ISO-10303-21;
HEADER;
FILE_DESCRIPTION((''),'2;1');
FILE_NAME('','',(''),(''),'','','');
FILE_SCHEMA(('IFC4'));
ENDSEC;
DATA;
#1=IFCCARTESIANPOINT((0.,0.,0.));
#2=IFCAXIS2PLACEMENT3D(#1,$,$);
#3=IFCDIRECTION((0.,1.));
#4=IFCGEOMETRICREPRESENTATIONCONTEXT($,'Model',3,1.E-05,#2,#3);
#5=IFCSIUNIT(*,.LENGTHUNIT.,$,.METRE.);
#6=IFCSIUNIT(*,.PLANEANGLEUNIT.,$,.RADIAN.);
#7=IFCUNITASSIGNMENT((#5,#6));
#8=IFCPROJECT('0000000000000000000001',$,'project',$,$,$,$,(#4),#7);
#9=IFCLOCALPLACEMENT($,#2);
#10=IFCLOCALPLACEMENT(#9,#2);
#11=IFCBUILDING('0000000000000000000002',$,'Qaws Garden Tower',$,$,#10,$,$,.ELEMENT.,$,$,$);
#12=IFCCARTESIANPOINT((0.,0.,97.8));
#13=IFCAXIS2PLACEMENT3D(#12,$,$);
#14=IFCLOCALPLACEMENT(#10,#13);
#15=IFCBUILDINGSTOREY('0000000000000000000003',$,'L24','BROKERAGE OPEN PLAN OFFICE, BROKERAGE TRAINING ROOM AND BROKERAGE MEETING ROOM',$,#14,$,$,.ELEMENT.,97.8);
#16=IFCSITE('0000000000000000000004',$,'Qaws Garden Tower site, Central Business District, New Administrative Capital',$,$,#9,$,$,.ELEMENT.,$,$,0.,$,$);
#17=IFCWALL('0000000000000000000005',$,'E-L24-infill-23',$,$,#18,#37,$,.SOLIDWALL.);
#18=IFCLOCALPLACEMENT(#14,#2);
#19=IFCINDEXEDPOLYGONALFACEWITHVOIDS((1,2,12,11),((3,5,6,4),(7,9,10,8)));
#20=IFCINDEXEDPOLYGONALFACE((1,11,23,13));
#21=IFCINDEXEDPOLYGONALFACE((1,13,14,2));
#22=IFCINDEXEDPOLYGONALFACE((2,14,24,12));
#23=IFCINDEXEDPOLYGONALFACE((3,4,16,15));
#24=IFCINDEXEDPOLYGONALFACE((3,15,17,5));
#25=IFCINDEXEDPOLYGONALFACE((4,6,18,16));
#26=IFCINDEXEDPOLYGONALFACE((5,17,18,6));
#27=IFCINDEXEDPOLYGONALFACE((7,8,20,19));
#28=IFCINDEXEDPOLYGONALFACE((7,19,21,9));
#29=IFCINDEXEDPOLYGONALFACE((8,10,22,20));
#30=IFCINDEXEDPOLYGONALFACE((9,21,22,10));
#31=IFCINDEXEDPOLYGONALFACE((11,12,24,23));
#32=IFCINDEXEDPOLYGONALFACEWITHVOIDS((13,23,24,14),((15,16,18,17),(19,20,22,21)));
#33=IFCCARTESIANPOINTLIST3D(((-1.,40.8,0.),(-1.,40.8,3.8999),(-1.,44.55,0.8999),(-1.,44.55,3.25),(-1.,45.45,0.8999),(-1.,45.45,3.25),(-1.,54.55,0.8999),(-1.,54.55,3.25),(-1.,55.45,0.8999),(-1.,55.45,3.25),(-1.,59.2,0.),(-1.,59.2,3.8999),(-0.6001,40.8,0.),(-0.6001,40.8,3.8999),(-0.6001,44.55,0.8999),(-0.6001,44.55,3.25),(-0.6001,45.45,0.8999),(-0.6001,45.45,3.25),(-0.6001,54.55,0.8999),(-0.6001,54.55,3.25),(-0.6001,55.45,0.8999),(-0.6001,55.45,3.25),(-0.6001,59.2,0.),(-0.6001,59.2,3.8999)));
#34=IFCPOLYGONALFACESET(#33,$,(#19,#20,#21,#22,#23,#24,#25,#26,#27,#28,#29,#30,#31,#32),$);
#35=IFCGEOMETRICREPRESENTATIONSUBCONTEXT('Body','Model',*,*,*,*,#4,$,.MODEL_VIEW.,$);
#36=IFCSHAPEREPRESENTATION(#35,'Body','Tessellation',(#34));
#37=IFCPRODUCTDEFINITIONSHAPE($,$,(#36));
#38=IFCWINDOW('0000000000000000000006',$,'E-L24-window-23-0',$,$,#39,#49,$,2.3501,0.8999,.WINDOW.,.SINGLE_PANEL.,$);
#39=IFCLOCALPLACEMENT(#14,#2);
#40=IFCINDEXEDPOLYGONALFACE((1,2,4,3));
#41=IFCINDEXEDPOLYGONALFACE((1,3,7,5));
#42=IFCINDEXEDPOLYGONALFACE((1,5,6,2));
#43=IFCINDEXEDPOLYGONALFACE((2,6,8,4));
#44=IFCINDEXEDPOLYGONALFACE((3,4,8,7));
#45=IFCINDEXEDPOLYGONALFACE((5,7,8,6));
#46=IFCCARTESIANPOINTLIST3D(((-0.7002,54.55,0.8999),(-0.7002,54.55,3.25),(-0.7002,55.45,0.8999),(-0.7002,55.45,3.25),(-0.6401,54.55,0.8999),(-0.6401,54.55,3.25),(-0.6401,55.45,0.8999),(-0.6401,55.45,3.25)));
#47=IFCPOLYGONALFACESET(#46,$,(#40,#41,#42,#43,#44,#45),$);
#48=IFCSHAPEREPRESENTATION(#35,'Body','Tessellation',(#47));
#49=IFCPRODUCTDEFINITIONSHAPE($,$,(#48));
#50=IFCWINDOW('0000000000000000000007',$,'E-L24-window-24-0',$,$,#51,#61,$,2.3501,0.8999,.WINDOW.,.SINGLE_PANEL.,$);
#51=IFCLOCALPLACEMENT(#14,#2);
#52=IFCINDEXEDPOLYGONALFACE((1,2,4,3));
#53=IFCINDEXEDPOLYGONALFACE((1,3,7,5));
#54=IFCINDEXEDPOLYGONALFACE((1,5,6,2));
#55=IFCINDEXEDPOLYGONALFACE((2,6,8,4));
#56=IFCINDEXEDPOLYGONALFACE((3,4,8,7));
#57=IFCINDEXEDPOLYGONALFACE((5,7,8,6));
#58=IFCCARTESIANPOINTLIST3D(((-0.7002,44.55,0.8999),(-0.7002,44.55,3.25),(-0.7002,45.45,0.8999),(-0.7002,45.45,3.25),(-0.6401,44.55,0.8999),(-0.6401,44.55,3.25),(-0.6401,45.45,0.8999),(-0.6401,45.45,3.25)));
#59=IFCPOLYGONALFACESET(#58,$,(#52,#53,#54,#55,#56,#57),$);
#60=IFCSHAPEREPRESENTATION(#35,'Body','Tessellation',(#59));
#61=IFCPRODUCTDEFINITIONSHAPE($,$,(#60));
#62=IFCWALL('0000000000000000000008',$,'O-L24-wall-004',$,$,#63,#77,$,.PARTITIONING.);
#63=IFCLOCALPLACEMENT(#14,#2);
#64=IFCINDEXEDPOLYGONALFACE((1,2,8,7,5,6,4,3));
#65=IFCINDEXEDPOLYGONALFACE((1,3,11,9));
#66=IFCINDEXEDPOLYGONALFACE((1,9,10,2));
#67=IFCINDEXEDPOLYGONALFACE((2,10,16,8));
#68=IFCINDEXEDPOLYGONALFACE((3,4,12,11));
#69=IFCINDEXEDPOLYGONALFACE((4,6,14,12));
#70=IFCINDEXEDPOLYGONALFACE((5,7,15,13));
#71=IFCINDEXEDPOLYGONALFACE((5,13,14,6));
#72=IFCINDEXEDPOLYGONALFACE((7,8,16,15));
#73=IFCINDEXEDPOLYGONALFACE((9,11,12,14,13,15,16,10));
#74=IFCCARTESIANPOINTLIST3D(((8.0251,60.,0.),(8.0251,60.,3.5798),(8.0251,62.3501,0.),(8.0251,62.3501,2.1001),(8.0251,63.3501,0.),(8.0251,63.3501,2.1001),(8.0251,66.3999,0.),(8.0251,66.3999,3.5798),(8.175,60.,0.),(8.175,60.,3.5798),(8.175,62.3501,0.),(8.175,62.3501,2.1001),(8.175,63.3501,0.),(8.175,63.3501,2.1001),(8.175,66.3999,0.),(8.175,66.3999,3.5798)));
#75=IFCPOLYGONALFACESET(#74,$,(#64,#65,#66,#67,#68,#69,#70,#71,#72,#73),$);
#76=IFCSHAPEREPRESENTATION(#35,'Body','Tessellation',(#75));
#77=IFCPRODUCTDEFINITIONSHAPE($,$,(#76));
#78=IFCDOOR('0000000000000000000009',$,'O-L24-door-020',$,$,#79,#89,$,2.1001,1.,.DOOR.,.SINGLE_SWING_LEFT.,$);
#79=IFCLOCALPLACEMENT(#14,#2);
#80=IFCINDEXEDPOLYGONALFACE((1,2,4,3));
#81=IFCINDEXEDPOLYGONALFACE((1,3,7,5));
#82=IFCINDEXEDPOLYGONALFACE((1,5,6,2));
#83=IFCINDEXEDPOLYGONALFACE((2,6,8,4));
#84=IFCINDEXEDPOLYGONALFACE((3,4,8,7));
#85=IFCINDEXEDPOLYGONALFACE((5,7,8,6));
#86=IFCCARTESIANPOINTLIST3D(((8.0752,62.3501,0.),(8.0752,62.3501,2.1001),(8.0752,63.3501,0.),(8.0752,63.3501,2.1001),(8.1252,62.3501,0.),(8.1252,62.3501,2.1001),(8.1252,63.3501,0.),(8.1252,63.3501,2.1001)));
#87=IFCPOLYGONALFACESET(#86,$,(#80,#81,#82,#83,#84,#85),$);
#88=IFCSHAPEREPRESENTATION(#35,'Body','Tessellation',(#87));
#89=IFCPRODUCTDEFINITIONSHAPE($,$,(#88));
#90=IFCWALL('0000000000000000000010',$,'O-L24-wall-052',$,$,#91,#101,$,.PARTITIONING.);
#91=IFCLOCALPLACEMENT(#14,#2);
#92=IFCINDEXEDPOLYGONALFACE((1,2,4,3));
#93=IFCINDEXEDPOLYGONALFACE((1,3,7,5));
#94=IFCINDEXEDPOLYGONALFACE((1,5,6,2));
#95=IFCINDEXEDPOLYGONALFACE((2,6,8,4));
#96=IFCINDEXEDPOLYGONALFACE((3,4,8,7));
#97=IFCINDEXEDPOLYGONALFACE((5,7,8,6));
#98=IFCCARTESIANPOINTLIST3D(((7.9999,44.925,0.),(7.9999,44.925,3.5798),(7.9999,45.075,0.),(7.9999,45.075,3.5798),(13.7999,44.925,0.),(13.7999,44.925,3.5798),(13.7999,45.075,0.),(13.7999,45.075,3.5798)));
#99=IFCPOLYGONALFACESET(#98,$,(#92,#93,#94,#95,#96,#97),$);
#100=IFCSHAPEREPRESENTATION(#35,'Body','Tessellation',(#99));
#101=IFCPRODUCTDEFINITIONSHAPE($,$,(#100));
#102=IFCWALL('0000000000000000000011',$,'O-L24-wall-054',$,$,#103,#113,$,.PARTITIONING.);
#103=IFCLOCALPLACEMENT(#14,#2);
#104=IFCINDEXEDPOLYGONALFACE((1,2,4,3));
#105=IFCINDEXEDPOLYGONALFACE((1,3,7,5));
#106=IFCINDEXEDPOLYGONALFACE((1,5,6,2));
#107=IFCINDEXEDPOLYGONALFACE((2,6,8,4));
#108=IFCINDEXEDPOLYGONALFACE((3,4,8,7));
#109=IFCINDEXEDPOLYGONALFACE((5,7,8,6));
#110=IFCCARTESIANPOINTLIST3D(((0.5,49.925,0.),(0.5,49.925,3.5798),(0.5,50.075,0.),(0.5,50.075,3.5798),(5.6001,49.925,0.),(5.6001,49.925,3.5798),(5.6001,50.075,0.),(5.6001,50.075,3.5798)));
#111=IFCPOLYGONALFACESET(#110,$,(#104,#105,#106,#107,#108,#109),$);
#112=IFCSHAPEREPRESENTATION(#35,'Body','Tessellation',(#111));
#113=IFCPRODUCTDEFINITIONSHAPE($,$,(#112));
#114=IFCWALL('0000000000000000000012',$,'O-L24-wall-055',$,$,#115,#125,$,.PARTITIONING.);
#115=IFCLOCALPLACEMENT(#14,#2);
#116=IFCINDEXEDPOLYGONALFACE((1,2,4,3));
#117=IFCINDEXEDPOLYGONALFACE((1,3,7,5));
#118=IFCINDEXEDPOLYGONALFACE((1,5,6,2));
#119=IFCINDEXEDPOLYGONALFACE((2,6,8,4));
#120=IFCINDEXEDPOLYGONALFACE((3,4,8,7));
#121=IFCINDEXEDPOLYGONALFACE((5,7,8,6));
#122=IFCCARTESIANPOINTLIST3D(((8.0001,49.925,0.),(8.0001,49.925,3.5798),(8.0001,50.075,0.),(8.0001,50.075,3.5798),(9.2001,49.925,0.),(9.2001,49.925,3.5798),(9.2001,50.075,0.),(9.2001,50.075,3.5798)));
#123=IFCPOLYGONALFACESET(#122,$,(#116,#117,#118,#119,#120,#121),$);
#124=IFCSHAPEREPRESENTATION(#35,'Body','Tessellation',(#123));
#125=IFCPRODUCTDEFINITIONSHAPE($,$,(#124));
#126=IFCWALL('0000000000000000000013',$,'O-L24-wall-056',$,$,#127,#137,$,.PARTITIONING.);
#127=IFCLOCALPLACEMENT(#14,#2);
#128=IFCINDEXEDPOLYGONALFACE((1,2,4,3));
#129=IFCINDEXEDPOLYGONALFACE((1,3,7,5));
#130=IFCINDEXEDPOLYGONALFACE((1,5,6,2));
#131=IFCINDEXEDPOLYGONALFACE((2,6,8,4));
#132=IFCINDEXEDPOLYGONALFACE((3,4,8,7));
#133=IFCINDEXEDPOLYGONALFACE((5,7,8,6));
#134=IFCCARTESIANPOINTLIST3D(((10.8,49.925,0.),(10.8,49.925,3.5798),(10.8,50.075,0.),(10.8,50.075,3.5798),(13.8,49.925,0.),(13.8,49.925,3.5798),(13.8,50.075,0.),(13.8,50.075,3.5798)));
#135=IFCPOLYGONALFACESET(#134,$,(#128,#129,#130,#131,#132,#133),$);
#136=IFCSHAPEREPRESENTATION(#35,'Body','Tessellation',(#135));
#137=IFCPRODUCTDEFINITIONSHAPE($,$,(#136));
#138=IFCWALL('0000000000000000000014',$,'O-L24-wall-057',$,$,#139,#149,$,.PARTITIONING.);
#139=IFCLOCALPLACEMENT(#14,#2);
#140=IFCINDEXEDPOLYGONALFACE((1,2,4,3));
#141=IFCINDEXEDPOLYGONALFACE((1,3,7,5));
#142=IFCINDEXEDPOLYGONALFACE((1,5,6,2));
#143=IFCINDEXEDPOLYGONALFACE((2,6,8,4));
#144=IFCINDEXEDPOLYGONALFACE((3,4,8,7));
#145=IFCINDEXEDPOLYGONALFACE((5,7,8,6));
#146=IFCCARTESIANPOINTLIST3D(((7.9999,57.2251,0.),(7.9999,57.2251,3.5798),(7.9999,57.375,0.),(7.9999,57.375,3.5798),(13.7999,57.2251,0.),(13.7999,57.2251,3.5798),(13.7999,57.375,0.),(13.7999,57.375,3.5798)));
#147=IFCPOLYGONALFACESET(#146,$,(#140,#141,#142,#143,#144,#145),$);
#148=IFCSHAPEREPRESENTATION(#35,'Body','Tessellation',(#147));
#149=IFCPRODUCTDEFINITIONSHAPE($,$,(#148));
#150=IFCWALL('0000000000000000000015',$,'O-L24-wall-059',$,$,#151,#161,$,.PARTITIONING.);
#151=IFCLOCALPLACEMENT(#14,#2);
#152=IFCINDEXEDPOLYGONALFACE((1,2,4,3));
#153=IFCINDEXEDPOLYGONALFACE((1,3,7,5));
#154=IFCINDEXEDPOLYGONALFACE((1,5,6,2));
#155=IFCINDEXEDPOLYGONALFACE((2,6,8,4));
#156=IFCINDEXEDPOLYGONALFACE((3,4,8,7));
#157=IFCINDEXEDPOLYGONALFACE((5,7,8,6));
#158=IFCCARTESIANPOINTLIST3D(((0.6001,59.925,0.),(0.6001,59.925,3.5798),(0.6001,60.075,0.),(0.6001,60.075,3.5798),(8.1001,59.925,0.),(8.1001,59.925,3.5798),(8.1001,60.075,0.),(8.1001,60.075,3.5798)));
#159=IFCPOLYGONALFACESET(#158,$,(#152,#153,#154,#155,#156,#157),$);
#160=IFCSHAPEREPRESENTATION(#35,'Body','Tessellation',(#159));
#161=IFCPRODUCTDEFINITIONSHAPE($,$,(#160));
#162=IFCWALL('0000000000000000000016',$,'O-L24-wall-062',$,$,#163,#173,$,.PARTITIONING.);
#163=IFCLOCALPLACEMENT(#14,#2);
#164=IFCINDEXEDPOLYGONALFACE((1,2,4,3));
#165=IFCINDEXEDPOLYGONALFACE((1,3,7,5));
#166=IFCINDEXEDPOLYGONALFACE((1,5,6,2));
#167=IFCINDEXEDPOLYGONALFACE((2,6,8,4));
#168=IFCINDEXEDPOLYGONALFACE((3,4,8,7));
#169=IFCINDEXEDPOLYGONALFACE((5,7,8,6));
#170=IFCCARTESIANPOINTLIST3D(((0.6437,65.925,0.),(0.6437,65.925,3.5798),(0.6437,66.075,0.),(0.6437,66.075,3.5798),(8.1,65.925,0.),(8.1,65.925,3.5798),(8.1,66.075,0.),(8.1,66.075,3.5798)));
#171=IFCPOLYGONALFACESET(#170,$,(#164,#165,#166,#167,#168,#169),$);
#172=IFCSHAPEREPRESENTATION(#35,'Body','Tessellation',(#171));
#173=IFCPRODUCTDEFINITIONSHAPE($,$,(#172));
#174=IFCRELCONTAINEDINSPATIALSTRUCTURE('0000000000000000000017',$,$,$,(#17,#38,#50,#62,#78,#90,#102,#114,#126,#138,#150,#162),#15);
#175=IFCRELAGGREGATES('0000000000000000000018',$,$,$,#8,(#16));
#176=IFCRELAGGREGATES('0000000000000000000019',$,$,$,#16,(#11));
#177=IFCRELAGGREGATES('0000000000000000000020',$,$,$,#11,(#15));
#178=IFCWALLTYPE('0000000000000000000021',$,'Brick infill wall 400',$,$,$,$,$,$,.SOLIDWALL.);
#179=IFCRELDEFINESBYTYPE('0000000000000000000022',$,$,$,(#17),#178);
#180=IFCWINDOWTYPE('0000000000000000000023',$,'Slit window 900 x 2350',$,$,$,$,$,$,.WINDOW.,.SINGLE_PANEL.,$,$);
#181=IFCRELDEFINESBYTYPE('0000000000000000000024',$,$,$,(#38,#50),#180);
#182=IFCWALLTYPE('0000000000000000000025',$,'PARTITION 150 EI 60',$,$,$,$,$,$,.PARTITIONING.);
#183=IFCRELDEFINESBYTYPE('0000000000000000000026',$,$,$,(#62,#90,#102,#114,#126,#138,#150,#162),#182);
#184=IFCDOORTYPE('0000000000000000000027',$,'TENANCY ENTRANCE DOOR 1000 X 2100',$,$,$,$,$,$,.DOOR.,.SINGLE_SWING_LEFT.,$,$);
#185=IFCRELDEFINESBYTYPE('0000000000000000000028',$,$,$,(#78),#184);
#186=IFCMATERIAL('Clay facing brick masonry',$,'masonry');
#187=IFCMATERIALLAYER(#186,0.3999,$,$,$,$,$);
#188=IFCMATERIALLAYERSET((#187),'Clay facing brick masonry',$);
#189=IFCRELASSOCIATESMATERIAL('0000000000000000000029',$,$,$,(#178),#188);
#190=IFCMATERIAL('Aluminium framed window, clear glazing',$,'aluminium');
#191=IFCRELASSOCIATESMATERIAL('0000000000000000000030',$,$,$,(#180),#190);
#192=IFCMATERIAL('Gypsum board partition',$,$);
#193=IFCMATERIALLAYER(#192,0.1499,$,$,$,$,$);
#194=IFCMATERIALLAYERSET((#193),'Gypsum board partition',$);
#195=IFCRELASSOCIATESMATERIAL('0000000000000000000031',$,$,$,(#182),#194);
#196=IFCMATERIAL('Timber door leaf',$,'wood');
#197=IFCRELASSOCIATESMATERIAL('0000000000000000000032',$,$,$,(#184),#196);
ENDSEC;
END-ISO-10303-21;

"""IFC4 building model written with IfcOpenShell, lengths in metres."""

from ifc_helpers import new_model, si_unit, direction, frame, frame_2d, origin, place, context, subcontext, project, spatial, rectangle, extrude, material, layer, layer_set, type_object, element, fill, save


model = new_model("IFC4")

# Units and contexts
model_context = context("Model", 3, precision=1e-05, world=origin(), true_north=direction((0.0, 1.0)))
body_context = subcontext(model_context, "Body", "Model", "MODEL_VIEW")
ifc_project = project(units=[si_unit("LENGTHUNIT", "METRE"), si_unit("PLANEANGLEUNIT", "RADIAN")], contexts=[model_context])

# Site, building, storey
site_placement = place(None, origin())
site = spatial("IfcSite", under=ifc_project, at=site_placement, Name="Qaws Garden Tower site, Central Business District, New Administrative Capital", CompositionType="ELEMENT", RefElevation=0.0)
building_placement = place(site_placement, origin())
building = spatial("IfcBuilding", under=site, at=building_placement, Name="Qaws Garden Tower", CompositionType="ELEMENT")
storey_placement = place(building_placement, frame((0.0, 0.0, 97.8)))
storey = spatial("IfcBuildingStorey", under=building, at=storey_placement, Name="L24", Description="BROKERAGE OPEN PLAN OFFICE, BROKERAGE TRAINING ROOM AND BROKERAGE MEETING ROOM", CompositionType="ELEMENT", Elevation=97.8)

# Shared definitions
ifc_material_1 = material(Name="Clay facing brick masonry", Category="masonry")
ifc_layer_1 = layer(ifc_material_1, 0.3999)
ifc_layer_set_1 = layer_set([ifc_layer_1], Name="Clay facing brick masonry")
wall_type_1 = type_object("IfcWallType", Name="Brick infill wall 400", PredefinedType="SOLIDWALL", material=ifc_layer_set_1)

# Wall, openings, windows
wall_1_placement = place(storey_placement, frame((-0.8, 59.2, 0.0), z_axis=(0.0, 0.0, 1.0), x_axis=(0.0, -1.0, 0.0)))
wall_1 = element("IfcWall", 1, at=wall_1_placement, inside=storey, type_object=wall_type_1, Name="E-L24-infill-23", PredefinedType="SOLIDWALL", context=body_context, shape_type="SweptSolid", body=[
    extrude(rectangle(XDim=18.3999, YDim=0.3999, at=frame_2d((9.2, 0.0))), origin(), (0.0, 0.0, 1.0), 3.8999),
])
opening_1_placement = place(wall_1_placement, frame((3.75, 0.0, 0.8999)))
opening_1 = element("IfcOpeningElement", 2, at=opening_1_placement, cuts=wall_1, PredefinedType="OPENING", context=body_context, shape_type="SweptSolid", body=[
    extrude(rectangle(XDim=0.8999, YDim=2.3501, at=frame_2d((0.45, 1.175))), frame((0.0, 0.21, 0.0), z_axis=(0.0, -1.0, 0.0), x_axis=(1.0, 0.0, 0.0)), (0.0, 0.0, 1.0), 0.4199),
])
opening_2_placement = place(wall_1_placement, frame((13.75, 0.0, 0.8999)))
opening_2 = element("IfcOpeningElement", 3, at=opening_2_placement, cuts=wall_1, PredefinedType="OPENING", context=body_context, shape_type="SweptSolid", body=[
    extrude(rectangle(XDim=0.8999, YDim=2.3501, at=frame_2d((0.45, 1.175))), frame((0.0, 0.21, 0.0), z_axis=(0.0, -1.0, 0.0), x_axis=(1.0, 0.0, 0.0)), (0.0, 0.0, 1.0), 0.4199),
])
ifc_material_2 = material(Name="Aluminium framed window, clear glazing", Category="aluminium")
window_type_1 = type_object("IfcWindowType", Name="Slit window 900 x 2350", PartitioningType="SINGLE_PANEL", PredefinedType="WINDOW", material=ifc_material_2)
window_1_placement = place(opening_1_placement, origin())
window_1 = element("IfcWindow", 4, at=window_1_placement, inside=storey, type_object=window_type_1, Name="E-L24-window-23-0", OverallHeight=2.3501, OverallWidth=0.8999, PartitioningType="SINGLE_PANEL", PredefinedType="WINDOW", context=body_context, shape_type="SweptSolid", body=[
    extrude(rectangle(XDim=0.8999, YDim=2.3501, at=frame_2d((0.45, 1.175))), frame((0.0, 0.1599, 0.0), z_axis=(0.0, -1.0, 0.0), x_axis=(1.0, 0.0, 0.0)), (0.0, 0.0, 1.0), 0.0601),
])
fill(opening_1, window_1)
window_2_placement = place(opening_2_placement, origin())
window_2 = element("IfcWindow", 5, at=window_2_placement, inside=storey, type_object=window_type_1, Name="E-L24-window-24-0", OverallHeight=2.3501, OverallWidth=0.8999, PartitioningType="SINGLE_PANEL", PredefinedType="WINDOW", context=body_context, shape_type="SweptSolid", body=[
    extrude(rectangle(XDim=0.8999, YDim=2.3501, at=frame_2d((0.45, 1.175))), frame((0.0, 0.1599, 0.0), z_axis=(0.0, -1.0, 0.0), x_axis=(1.0, 0.0, 0.0)), (0.0, 0.0, 1.0), 0.0601),
])
fill(opening_2, window_2)

# Wall, opening, door
ifc_material_3 = material(Name="Gypsum board partition")
ifc_layer_2 = layer(ifc_material_3, 0.1499)
ifc_layer_set_2 = layer_set([ifc_layer_2], Name="Gypsum board partition")
wall_type_2 = type_object("IfcWallType", Name="PARTITION 150 EI 60", PredefinedType="PARTITIONING", material=ifc_layer_set_2)
wall_2_placement = place(storey_placement, frame((8.1001, 60.0, 0.0), z_axis=(0.0, 0.0, 1.0), x_axis=(0.0, 1.0, 0.0)))
wall_2 = element("IfcWall", 6, at=wall_2_placement, inside=storey, type_object=wall_type_2, Name="O-L24-wall-004", PredefinedType="PARTITIONING", context=body_context, shape_type="SweptSolid", body=[
    extrude(rectangle(XDim=6.3999, YDim=0.1499, at=frame_2d((3.2, 0.0))), origin(), (0.0, 0.0, 1.0), 3.5798),
])
opening_3_placement = place(wall_2_placement, frame((2.3501, 0.0, 0.0)))
opening_3 = element("IfcOpeningElement", 7, at=opening_3_placement, cuts=wall_2, PredefinedType="OPENING", context=body_context, shape_type="SweptSolid", body=[
    extrude(rectangle(XDim=1.0, YDim=2.1001, at=frame_2d((0.5, 1.05))), frame((0.0, 0.085, 0.0), z_axis=(0.0, -1.0, 0.0), x_axis=(1.0, 0.0, 0.0)), (0.0, 0.0, 1.0), 0.1699),
])
ifc_material_4 = material(Name="Timber door leaf", Category="wood")
door_type = type_object("IfcDoorType", Name="TENANCY ENTRANCE DOOR 1000 X 2100", OperationType="SINGLE_SWING_LEFT", PredefinedType="DOOR", material=ifc_material_4)
door_placement = place(opening_3_placement, origin())
door = element("IfcDoor", 8, at=door_placement, inside=storey, type_object=door_type, Name="O-L24-door-020", OperationType="SINGLE_SWING_LEFT", OverallHeight=2.1001, OverallWidth=1.0, PredefinedType="DOOR", context=body_context, shape_type="SweptSolid", body=[
    extrude(rectangle(XDim=1.0, YDim=2.1001, at=frame_2d((0.5, 1.05))), frame((0.0, 0.0249, 0.0), z_axis=(0.0, -1.0, 0.0), x_axis=(1.0, 0.0, 0.0)), (0.0, 0.0, 1.0), 0.05),
])
fill(opening_3, door)

# Walls
wall_3_placement = place(storey_placement, frame((8.0, 45.0, 0.0), z_axis=(0.0, 0.0, 1.0), x_axis=(1.0, 0.0, 0.0)))
element("IfcWall", 9, at=wall_3_placement, inside=storey, type_object=wall_type_2, Name="O-L24-wall-052", PredefinedType="PARTITIONING", context=body_context, shape_type="SweptSolid", body=[
    extrude(rectangle(XDim=5.8, YDim=0.1499, at=frame_2d((2.8999, 0.0))), origin(), (0.0, 0.0, 1.0), 3.5798),
])
wall_4_placement = place(storey_placement, frame((0.5, 50.0, 0.0), z_axis=(0.0, 0.0, 1.0), x_axis=(1.0, 0.0, 0.0)))
element("IfcWall", 10, at=wall_4_placement, inside=storey, type_object=wall_type_2, Name="O-L24-wall-054", PredefinedType="PARTITIONING", context=body_context, shape_type="SweptSolid", body=[
    extrude(rectangle(XDim=5.1001, YDim=0.1499, at=frame_2d((2.55, 0.0))), origin(), (0.0, 0.0, 1.0), 3.5798),
])
wall_5_placement = place(storey_placement, frame((8.0, 50.0, 0.0), z_axis=(0.0, 0.0, 1.0), x_axis=(1.0, 0.0, 0.0)))
element("IfcWall", 11, at=wall_5_placement, inside=storey, type_object=wall_type_2, Name="O-L24-wall-055", PredefinedType="PARTITIONING", context=body_context, shape_type="SweptSolid", body=[
    extrude(rectangle(XDim=1.2, YDim=0.1499, at=frame_2d((0.6001, 0.0))), origin(), (0.0, 0.0, 1.0), 3.5798),
])
wall_6_placement = place(storey_placement, frame((10.8, 50.0, 0.0), z_axis=(0.0, 0.0, 1.0), x_axis=(1.0, 0.0, 0.0)))
element("IfcWall", 12, at=wall_6_placement, inside=storey, type_object=wall_type_2, Name="O-L24-wall-056", PredefinedType="PARTITIONING", context=body_context, shape_type="SweptSolid", body=[
    extrude(rectangle(XDim=3.0, YDim=0.1499, at=frame_2d((1.5, 0.0))), origin(), (0.0, 0.0, 1.0), 3.5798),
])
wall_7_placement = place(storey_placement, frame((8.0, 57.3, 0.0), z_axis=(0.0, 0.0, 1.0), x_axis=(1.0, 0.0, 0.0)))
element("IfcWall", 13, at=wall_7_placement, inside=storey, type_object=wall_type_2, Name="O-L24-wall-057", PredefinedType="PARTITIONING", context=body_context, shape_type="SweptSolid", body=[
    extrude(rectangle(XDim=5.8, YDim=0.1499, at=frame_2d((2.8999, 0.0))), origin(), (0.0, 0.0, 1.0), 3.5798),
])
wall_8_placement = place(storey_placement, frame((0.6001, 60.0, 0.0), z_axis=(0.0, 0.0, 1.0), x_axis=(1.0, 0.0, 0.0)))
element("IfcWall", 14, at=wall_8_placement, inside=storey, type_object=wall_type_2, Name="O-L24-wall-059", PredefinedType="PARTITIONING", context=body_context, shape_type="SweptSolid", body=[
    extrude(rectangle(XDim=7.5, YDim=0.1499, at=frame_2d((3.75, 0.0))), origin(), (0.0, 0.0, 1.0), 3.5798),
])
wall_9_placement = place(storey_placement, frame((0.6438, 66.0, 0.0), z_axis=(0.0, 0.0, 1.0), x_axis=(1.0, 0.0, 0.0)))
element("IfcWall", 15, at=wall_9_placement, inside=storey, type_object=wall_type_2, Name="O-L24-wall-062", PredefinedType="PARTITIONING", context=body_context, shape_type="SweptSolid", body=[
    extrude(rectangle(XDim=7.4563, YDim=0.1499, at=frame_2d((3.728, 0.0))), origin(), (0.0, 0.0, 1.0), 3.5798),
])

save(model, "model.ifc")
